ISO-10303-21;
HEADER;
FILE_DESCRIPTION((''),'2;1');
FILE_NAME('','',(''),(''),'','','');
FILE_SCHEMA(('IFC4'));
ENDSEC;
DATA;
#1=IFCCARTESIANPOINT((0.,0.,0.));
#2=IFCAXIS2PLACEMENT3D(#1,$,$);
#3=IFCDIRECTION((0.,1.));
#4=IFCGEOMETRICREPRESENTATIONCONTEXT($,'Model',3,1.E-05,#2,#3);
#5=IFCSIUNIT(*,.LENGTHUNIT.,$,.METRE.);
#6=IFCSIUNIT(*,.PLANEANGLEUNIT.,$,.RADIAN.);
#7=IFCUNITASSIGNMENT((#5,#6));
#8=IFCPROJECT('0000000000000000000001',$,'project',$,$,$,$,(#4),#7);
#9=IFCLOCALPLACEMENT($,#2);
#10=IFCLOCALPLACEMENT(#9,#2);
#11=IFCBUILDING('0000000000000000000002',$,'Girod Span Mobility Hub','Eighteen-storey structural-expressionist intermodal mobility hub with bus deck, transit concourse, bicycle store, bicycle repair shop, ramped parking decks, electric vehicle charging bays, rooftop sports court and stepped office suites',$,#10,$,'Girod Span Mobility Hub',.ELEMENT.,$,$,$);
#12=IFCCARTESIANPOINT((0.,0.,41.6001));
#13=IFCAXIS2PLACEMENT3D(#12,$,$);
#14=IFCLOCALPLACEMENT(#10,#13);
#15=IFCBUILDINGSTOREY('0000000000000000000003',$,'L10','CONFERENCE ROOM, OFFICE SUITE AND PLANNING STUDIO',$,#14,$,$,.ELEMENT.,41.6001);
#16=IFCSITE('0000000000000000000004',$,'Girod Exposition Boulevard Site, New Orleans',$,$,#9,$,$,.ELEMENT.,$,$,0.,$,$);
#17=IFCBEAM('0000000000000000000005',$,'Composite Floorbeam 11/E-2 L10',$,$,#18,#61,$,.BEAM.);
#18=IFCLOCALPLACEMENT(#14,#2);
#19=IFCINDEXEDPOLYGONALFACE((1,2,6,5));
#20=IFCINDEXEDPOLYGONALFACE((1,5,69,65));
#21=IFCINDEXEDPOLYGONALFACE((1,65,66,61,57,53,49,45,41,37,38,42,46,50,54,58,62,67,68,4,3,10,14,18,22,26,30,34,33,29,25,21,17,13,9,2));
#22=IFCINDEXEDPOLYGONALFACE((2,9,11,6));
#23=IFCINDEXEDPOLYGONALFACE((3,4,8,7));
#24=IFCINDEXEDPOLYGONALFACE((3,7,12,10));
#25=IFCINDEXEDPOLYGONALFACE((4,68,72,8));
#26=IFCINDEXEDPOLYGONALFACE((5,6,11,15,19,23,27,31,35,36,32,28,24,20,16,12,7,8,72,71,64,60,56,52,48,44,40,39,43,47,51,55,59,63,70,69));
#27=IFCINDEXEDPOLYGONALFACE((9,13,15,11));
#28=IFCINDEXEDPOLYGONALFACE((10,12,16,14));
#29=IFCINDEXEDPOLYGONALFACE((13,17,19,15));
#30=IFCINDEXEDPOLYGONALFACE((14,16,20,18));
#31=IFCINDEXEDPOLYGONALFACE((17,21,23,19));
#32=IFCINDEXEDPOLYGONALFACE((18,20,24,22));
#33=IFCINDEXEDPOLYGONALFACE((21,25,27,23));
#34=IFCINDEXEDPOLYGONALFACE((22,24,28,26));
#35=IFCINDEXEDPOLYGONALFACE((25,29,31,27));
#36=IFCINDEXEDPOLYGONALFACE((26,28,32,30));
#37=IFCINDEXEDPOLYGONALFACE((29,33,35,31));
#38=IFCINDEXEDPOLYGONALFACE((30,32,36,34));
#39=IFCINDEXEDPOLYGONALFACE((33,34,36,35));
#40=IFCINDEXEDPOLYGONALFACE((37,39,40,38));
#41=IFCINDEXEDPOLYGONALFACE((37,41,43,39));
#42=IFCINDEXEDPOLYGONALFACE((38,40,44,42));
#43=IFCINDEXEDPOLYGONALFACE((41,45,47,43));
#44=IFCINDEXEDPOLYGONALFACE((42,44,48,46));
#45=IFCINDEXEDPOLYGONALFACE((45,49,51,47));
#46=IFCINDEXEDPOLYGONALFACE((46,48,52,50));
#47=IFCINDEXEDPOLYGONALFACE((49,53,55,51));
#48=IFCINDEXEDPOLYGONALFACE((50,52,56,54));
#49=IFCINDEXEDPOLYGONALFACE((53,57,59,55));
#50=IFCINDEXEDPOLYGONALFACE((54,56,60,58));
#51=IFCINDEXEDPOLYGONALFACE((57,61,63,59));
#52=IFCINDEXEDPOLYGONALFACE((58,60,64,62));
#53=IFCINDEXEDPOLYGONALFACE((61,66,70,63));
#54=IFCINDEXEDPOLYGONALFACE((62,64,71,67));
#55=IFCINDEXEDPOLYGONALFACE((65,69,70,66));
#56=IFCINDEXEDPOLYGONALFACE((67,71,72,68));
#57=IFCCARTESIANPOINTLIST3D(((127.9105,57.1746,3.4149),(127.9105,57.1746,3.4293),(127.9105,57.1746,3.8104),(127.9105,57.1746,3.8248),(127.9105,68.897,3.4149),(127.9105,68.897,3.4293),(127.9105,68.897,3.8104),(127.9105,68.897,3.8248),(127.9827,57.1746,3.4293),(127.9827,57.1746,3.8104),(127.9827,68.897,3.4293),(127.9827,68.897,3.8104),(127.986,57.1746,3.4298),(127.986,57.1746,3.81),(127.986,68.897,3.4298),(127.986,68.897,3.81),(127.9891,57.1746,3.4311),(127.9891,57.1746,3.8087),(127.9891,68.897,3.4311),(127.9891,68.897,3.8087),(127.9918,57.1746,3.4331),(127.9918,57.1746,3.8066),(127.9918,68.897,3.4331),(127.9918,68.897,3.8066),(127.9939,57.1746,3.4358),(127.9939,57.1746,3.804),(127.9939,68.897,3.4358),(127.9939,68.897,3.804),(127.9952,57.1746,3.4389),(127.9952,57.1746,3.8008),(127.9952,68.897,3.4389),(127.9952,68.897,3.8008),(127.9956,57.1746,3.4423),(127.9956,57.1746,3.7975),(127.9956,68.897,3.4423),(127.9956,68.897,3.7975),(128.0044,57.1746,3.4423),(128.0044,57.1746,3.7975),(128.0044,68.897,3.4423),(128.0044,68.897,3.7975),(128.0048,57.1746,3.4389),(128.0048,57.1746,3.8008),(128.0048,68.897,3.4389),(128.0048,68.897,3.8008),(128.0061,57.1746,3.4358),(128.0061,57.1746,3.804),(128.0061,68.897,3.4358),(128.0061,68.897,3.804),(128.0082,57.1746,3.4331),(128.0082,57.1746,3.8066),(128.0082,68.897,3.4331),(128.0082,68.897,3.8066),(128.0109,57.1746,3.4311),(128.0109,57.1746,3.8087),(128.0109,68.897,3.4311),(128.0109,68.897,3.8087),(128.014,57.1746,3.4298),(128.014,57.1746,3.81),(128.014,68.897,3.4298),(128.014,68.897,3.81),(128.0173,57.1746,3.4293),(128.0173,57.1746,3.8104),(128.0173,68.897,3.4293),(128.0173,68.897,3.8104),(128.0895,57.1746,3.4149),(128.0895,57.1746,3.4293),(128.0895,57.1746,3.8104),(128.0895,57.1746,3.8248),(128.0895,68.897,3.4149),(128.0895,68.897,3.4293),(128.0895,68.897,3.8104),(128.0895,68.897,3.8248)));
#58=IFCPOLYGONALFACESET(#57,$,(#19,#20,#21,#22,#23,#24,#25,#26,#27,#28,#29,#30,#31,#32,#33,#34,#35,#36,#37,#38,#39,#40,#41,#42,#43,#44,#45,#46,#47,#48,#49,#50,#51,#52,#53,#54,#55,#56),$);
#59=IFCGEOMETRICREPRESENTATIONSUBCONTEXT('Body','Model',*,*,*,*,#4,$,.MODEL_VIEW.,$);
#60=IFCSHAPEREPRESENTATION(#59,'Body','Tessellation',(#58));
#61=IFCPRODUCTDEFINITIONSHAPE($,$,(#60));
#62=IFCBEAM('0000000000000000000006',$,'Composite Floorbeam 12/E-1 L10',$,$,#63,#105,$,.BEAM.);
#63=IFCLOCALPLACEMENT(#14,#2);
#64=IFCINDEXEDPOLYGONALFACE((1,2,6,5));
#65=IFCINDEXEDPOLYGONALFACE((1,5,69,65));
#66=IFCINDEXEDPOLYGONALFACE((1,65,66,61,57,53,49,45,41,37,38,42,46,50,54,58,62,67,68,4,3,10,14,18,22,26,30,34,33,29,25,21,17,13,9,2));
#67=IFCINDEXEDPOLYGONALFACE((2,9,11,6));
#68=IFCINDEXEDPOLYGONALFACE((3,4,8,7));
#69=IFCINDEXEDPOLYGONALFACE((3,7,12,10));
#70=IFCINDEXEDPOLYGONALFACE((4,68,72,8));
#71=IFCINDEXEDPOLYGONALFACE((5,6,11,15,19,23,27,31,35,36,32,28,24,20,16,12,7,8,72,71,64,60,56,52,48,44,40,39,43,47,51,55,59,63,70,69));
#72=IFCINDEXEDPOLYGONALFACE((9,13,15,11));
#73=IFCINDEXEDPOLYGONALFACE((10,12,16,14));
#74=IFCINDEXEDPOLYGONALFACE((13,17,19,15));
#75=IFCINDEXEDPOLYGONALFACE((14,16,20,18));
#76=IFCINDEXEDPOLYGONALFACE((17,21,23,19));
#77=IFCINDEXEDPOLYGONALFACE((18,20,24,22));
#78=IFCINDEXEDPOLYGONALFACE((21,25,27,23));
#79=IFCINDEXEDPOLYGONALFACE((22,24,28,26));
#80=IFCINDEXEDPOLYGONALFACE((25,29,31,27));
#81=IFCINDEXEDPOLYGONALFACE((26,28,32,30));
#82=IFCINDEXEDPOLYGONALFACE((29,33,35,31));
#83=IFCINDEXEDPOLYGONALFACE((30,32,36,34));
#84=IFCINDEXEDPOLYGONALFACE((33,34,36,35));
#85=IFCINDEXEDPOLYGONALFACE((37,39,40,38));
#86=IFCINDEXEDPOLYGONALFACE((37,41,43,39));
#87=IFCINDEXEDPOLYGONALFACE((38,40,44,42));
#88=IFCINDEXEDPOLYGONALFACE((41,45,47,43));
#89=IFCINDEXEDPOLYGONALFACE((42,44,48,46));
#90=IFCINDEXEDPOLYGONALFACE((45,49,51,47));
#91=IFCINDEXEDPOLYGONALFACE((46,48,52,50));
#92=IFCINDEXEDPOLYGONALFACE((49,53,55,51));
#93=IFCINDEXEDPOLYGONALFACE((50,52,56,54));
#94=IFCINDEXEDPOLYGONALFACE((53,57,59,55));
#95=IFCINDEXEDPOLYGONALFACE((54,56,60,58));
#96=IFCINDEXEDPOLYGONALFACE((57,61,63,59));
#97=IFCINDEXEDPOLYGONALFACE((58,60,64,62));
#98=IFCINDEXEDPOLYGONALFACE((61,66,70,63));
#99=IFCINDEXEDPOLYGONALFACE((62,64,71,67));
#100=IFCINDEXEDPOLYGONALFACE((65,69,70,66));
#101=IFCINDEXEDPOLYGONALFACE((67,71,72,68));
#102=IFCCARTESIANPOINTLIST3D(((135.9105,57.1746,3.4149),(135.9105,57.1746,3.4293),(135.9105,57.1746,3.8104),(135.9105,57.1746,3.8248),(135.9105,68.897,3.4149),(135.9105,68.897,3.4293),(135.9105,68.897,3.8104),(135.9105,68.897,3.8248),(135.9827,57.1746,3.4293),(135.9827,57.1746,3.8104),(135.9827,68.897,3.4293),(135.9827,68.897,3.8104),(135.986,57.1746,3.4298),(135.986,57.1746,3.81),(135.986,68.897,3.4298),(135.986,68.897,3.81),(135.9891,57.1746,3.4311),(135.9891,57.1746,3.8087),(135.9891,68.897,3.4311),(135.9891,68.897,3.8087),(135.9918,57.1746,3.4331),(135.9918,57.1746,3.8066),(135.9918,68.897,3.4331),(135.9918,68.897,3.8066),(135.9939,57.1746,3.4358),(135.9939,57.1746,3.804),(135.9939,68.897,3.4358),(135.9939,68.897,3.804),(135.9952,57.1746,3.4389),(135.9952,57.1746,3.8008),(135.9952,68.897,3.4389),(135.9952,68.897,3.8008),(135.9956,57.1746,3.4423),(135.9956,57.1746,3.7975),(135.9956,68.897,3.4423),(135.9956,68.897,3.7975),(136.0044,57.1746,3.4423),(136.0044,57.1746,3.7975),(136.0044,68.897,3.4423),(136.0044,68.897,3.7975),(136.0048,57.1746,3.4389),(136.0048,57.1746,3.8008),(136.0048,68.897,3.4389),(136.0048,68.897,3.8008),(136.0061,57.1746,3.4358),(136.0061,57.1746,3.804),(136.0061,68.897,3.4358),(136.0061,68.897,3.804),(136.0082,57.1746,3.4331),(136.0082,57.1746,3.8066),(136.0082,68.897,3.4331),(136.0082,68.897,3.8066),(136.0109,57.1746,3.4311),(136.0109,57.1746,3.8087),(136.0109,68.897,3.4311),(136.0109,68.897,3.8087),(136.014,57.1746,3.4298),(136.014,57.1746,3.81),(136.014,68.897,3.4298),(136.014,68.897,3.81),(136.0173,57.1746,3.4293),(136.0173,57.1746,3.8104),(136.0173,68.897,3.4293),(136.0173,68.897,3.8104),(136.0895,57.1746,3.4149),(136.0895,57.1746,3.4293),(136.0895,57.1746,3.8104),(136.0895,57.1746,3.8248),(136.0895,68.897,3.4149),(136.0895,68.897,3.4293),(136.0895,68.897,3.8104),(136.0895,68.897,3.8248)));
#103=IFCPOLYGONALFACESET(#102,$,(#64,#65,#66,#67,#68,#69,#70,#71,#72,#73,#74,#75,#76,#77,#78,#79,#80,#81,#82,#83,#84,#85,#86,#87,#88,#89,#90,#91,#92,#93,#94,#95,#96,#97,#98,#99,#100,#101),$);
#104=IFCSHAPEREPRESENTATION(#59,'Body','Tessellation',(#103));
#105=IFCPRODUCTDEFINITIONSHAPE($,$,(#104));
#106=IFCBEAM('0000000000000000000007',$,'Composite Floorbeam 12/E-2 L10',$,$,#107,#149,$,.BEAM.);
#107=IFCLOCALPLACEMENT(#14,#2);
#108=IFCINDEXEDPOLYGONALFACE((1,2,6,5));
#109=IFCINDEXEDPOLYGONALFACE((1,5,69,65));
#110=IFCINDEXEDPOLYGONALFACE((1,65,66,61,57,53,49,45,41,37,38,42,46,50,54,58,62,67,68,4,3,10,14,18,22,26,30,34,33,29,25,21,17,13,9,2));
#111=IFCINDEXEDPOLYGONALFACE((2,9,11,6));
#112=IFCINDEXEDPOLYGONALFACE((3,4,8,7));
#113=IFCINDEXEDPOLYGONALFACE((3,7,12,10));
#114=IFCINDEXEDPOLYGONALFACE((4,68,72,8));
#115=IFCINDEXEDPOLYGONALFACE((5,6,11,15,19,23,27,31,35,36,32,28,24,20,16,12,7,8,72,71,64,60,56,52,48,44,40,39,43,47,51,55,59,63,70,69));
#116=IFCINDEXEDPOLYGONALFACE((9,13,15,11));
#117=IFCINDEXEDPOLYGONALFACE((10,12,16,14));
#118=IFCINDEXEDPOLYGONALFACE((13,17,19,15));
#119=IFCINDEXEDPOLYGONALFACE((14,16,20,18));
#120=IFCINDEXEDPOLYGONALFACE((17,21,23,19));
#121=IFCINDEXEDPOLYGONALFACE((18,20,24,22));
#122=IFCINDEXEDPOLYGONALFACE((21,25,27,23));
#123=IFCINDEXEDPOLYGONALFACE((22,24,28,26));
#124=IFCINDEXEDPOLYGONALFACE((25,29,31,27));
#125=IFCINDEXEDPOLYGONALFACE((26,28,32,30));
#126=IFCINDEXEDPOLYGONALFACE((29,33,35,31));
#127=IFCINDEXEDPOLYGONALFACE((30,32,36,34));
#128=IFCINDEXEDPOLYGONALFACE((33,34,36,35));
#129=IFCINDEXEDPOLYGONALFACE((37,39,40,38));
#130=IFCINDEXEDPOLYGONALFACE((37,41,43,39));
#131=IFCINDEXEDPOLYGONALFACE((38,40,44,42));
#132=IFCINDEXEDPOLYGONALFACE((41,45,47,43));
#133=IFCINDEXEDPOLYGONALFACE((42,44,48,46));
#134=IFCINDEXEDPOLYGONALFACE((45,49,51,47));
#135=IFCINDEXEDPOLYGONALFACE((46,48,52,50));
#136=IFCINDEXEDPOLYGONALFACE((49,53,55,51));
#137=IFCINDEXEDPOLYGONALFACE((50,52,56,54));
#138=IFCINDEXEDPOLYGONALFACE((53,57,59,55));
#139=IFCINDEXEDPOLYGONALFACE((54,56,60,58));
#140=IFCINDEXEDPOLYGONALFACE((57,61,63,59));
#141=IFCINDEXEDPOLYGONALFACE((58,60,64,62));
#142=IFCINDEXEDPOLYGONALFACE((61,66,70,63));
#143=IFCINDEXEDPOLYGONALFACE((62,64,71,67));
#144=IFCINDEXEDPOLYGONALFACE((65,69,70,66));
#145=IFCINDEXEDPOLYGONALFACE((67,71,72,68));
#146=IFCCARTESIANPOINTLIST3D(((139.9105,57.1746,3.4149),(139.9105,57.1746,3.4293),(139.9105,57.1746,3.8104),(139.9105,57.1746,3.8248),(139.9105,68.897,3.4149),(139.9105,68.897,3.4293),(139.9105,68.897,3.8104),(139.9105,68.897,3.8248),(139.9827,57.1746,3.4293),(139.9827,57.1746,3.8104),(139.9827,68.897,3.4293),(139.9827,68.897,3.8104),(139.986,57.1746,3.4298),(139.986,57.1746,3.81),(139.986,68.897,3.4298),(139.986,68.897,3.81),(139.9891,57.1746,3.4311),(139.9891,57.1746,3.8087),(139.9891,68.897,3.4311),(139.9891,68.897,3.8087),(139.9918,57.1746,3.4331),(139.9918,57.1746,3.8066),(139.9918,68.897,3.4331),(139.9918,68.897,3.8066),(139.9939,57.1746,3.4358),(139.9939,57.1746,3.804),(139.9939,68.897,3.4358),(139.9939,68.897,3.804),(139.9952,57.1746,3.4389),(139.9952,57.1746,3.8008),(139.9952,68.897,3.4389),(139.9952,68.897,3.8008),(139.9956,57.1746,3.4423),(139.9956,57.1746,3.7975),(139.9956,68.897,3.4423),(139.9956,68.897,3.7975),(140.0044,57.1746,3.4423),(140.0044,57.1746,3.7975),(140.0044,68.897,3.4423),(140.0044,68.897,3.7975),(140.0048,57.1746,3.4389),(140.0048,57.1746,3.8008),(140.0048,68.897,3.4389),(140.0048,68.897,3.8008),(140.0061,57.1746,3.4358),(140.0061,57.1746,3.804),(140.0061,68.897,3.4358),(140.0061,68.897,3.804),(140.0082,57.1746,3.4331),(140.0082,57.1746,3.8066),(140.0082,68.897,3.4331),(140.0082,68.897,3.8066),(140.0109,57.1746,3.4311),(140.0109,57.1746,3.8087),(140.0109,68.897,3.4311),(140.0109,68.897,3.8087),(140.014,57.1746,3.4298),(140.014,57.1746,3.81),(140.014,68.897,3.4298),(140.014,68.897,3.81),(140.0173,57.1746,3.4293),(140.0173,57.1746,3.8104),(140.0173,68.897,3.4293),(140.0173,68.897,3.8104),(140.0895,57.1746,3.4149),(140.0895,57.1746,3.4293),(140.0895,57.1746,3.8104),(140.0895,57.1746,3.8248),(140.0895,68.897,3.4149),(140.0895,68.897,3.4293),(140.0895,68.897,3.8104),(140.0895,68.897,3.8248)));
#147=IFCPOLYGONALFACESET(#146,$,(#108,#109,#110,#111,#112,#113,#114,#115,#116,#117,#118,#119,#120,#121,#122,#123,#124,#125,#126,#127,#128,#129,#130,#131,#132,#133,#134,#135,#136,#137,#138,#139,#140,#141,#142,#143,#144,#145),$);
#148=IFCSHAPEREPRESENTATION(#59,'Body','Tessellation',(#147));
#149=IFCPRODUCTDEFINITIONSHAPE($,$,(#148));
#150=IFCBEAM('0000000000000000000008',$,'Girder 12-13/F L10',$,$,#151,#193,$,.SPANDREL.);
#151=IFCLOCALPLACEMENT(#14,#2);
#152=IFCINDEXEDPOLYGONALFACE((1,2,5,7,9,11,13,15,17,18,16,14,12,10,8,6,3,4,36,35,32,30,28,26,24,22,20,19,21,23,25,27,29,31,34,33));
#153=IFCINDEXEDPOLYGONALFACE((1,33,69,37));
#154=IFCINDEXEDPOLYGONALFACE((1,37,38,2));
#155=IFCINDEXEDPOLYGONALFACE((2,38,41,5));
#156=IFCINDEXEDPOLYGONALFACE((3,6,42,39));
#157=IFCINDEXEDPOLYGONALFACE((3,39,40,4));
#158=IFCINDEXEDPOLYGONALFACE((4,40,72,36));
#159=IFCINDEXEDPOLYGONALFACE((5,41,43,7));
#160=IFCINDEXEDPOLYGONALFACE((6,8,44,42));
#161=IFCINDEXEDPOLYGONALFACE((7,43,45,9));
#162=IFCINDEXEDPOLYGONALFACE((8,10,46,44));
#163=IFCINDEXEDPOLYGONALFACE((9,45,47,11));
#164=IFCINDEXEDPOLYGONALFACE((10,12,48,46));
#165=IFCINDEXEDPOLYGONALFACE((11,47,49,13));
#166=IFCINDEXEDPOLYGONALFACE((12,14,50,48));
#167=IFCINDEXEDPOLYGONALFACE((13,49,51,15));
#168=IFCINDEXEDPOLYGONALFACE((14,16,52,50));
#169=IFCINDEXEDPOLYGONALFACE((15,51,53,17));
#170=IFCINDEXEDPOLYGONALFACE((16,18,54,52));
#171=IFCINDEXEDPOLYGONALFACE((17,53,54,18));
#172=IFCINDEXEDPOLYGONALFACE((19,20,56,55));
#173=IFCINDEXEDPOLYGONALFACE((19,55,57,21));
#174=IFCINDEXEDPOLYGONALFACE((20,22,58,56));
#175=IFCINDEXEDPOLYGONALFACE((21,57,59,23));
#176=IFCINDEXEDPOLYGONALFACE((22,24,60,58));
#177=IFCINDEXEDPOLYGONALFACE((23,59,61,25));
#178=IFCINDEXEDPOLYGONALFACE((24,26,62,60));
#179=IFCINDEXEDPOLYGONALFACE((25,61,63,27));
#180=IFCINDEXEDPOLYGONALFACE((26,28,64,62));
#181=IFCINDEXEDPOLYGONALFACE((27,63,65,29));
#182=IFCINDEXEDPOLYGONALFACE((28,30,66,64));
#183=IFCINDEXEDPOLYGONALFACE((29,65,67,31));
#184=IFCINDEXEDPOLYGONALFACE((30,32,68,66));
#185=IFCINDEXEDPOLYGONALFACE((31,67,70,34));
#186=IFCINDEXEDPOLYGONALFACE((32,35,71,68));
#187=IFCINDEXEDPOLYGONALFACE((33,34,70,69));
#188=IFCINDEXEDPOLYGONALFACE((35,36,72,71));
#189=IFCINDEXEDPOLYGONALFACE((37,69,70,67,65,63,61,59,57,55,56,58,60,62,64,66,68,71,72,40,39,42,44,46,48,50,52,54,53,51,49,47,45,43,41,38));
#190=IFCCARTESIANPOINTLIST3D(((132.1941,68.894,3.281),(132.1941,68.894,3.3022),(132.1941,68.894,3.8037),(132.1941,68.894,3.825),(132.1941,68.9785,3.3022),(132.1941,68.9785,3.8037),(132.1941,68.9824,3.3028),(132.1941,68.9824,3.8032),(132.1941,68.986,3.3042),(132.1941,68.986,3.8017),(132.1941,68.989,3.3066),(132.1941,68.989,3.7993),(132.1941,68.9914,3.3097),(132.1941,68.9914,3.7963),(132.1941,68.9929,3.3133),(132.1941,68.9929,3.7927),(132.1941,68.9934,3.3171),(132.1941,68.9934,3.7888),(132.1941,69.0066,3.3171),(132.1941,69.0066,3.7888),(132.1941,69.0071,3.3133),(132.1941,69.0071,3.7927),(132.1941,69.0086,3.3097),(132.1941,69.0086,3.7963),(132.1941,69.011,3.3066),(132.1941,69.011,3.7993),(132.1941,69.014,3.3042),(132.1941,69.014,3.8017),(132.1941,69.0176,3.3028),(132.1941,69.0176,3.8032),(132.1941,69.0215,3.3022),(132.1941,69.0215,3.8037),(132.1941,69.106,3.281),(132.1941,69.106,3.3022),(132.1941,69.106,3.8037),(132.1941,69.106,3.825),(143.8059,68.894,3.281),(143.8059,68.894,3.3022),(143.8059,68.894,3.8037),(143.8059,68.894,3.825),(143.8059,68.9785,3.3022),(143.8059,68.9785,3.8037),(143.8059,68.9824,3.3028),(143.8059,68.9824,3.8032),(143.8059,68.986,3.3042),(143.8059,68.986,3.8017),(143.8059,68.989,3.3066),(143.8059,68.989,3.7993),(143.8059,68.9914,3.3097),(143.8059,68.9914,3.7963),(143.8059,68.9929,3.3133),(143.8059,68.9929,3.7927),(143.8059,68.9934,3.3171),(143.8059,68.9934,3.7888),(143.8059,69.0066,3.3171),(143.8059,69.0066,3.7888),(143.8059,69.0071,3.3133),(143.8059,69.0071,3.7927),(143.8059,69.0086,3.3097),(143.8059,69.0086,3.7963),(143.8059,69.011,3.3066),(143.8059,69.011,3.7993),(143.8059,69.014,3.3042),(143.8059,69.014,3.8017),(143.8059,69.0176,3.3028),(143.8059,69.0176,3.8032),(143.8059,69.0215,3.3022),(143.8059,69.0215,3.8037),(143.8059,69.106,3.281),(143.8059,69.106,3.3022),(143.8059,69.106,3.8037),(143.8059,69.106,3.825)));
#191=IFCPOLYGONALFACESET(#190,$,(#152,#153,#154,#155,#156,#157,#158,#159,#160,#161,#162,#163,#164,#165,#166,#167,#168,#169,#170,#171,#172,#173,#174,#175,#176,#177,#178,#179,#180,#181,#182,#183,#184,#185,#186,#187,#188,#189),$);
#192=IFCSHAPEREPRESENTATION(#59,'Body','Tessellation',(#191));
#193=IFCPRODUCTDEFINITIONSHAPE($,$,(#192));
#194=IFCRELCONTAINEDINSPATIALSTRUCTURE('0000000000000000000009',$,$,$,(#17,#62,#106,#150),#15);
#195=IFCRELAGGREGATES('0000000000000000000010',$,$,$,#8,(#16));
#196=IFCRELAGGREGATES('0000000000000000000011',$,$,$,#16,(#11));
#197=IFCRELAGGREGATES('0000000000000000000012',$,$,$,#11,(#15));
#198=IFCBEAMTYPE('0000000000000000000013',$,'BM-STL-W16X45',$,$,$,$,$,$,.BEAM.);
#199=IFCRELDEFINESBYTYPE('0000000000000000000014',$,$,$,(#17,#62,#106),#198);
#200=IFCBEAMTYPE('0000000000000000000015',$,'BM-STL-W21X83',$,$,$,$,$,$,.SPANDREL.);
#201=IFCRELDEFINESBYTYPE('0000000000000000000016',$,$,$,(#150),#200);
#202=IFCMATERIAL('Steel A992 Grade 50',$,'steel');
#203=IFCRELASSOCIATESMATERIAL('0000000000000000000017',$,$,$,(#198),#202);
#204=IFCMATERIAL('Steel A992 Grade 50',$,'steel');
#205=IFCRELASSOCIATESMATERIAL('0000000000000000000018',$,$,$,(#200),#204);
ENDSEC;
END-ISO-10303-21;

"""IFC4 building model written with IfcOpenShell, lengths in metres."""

from ifc_helpers import new_model, si_unit, direction, frame, origin, origin_2d, place, context, subcontext, project, spatial, i_section, extrude, material, material_profile, profile_set, type_object, element, save


model = new_model("IFC4")

# Units and contexts
model_context = context("Model", 3, precision=1e-05, world=origin(), true_north=direction((0.0, 1.0)))
body_context = subcontext(model_context, "Body", "Model", "MODEL_VIEW")
ifc_project = project(units=[si_unit("LENGTHUNIT", "METRE"), si_unit("PLANEANGLEUNIT", "RADIAN")], contexts=[model_context])

# Site, building, storey
site_placement = place(None, origin())
site = spatial("IfcSite", under=ifc_project, at=site_placement, Name="Girod Exposition Boulevard Site, New Orleans", CompositionType="ELEMENT", RefElevation=0.0)
building_placement = place(site_placement, origin())
building = spatial("IfcBuilding", under=site, at=building_placement, Name="Girod Span Mobility Hub", Description="Eighteen-storey structural-expressionist intermodal mobility hub with bus deck, transit concourse, bicycle store, bicycle repair shop, ramped parking decks, electric vehicle charging bays, rooftop sports court and stepped office suites", LongName="Girod Span Mobility Hub", CompositionType="ELEMENT")
storey_placement = place(building_placement, frame((0.0, 0.0, 41.6001)))
storey = spatial("IfcBuildingStorey", under=building, at=storey_placement, Name="L10", Description="CONFERENCE ROOM, OFFICE SUITE AND PLANNING STUDIO", CompositionType="ELEMENT", Elevation=41.6001)

# Beams
ifc_material_1 = material(Name="Steel A992 Grade 50", Category="steel")
ifc_material_profile_1 = material_profile(ifc_material_1, i_section(OverallWidth=0.179, OverallDepth=0.4099, WebThickness=0.0088, FlangeThickness=0.0144, FilletRadius=0.0129, at=origin_2d()), Name="W16X45")
ifc_profile_set_1 = profile_set([ifc_material_profile_1], Name="Steel A992 Grade 50")
beam_type_1 = type_object("IfcBeamType", Name="BM-STL-W16X45", PredefinedType="BEAM", material=ifc_profile_set_1)
for number, where, z_axis, x_axis, name in (
    (1, (128.0, 57.1746, 3.6199), (0.0, 1.0, 0.0), (-1.0, 0.0, 0.0), "Composite Floorbeam 11/E-2 L10"),
    (2, (136.0, 57.1746, 3.6199), (0.0, 1.0, 0.0), (-1.0, 0.0, 0.0), "Composite Floorbeam 12/E-1 L10"),
    (3, (140.0, 57.1746, 3.6199), (0.0, 1.0, 0.0), (-1.0, 0.0, 0.0), "Composite Floorbeam 12/E-2 L10"),
):
    element("IfcBeam", number, at=place(storey_placement, frame(where, z_axis=z_axis, x_axis=x_axis)), inside=storey, type_object=beam_type_1, Name=name, PredefinedType="BEAM", context=body_context, shape_type="SweptSolid", body=[
        extrude(i_section(OverallWidth=0.179, OverallDepth=0.4099, WebThickness=0.0088, FlangeThickness=0.0144, FilletRadius=0.0129, at=origin_2d()), origin(), (0.0, 0.0, 1.0), 11.7224),
    ])
ifc_material_2 = material(Name="Steel A992 Grade 50", Category="steel")
ifc_material_profile_2 = material_profile(ifc_material_2, i_section(OverallWidth=0.2119, OverallDepth=0.5439, WebThickness=0.0132, FlangeThickness=0.0212, FilletRadius=0.0149, at=origin_2d()), Name="W21X83")
ifc_profile_set_2 = profile_set([ifc_material_profile_2], Name="Steel A992 Grade 50")
beam_type_2 = type_object("IfcBeamType", Name="BM-STL-W21X83", PredefinedType="SPANDREL", material=ifc_profile_set_2)
beam_1_placement = place(storey_placement, frame((132.1941, 69.0, 3.553), z_axis=(1.0, 0.0, 0.0), x_axis=(0.0, 1.0, 0.0)))
element("IfcBeam", 4, at=beam_1_placement, inside=storey, type_object=beam_type_2, Name="Girder 12-13/F L10", PredefinedType="SPANDREL", context=body_context, shape_type="SweptSolid", body=[
    extrude(i_section(OverallWidth=0.2119, OverallDepth=0.5439, WebThickness=0.0132, FlangeThickness=0.0212, FilletRadius=0.0149, at=origin_2d()), origin(), (0.0, 0.0, 1.0), 11.6118),
])

save(model, "model.ifc")
